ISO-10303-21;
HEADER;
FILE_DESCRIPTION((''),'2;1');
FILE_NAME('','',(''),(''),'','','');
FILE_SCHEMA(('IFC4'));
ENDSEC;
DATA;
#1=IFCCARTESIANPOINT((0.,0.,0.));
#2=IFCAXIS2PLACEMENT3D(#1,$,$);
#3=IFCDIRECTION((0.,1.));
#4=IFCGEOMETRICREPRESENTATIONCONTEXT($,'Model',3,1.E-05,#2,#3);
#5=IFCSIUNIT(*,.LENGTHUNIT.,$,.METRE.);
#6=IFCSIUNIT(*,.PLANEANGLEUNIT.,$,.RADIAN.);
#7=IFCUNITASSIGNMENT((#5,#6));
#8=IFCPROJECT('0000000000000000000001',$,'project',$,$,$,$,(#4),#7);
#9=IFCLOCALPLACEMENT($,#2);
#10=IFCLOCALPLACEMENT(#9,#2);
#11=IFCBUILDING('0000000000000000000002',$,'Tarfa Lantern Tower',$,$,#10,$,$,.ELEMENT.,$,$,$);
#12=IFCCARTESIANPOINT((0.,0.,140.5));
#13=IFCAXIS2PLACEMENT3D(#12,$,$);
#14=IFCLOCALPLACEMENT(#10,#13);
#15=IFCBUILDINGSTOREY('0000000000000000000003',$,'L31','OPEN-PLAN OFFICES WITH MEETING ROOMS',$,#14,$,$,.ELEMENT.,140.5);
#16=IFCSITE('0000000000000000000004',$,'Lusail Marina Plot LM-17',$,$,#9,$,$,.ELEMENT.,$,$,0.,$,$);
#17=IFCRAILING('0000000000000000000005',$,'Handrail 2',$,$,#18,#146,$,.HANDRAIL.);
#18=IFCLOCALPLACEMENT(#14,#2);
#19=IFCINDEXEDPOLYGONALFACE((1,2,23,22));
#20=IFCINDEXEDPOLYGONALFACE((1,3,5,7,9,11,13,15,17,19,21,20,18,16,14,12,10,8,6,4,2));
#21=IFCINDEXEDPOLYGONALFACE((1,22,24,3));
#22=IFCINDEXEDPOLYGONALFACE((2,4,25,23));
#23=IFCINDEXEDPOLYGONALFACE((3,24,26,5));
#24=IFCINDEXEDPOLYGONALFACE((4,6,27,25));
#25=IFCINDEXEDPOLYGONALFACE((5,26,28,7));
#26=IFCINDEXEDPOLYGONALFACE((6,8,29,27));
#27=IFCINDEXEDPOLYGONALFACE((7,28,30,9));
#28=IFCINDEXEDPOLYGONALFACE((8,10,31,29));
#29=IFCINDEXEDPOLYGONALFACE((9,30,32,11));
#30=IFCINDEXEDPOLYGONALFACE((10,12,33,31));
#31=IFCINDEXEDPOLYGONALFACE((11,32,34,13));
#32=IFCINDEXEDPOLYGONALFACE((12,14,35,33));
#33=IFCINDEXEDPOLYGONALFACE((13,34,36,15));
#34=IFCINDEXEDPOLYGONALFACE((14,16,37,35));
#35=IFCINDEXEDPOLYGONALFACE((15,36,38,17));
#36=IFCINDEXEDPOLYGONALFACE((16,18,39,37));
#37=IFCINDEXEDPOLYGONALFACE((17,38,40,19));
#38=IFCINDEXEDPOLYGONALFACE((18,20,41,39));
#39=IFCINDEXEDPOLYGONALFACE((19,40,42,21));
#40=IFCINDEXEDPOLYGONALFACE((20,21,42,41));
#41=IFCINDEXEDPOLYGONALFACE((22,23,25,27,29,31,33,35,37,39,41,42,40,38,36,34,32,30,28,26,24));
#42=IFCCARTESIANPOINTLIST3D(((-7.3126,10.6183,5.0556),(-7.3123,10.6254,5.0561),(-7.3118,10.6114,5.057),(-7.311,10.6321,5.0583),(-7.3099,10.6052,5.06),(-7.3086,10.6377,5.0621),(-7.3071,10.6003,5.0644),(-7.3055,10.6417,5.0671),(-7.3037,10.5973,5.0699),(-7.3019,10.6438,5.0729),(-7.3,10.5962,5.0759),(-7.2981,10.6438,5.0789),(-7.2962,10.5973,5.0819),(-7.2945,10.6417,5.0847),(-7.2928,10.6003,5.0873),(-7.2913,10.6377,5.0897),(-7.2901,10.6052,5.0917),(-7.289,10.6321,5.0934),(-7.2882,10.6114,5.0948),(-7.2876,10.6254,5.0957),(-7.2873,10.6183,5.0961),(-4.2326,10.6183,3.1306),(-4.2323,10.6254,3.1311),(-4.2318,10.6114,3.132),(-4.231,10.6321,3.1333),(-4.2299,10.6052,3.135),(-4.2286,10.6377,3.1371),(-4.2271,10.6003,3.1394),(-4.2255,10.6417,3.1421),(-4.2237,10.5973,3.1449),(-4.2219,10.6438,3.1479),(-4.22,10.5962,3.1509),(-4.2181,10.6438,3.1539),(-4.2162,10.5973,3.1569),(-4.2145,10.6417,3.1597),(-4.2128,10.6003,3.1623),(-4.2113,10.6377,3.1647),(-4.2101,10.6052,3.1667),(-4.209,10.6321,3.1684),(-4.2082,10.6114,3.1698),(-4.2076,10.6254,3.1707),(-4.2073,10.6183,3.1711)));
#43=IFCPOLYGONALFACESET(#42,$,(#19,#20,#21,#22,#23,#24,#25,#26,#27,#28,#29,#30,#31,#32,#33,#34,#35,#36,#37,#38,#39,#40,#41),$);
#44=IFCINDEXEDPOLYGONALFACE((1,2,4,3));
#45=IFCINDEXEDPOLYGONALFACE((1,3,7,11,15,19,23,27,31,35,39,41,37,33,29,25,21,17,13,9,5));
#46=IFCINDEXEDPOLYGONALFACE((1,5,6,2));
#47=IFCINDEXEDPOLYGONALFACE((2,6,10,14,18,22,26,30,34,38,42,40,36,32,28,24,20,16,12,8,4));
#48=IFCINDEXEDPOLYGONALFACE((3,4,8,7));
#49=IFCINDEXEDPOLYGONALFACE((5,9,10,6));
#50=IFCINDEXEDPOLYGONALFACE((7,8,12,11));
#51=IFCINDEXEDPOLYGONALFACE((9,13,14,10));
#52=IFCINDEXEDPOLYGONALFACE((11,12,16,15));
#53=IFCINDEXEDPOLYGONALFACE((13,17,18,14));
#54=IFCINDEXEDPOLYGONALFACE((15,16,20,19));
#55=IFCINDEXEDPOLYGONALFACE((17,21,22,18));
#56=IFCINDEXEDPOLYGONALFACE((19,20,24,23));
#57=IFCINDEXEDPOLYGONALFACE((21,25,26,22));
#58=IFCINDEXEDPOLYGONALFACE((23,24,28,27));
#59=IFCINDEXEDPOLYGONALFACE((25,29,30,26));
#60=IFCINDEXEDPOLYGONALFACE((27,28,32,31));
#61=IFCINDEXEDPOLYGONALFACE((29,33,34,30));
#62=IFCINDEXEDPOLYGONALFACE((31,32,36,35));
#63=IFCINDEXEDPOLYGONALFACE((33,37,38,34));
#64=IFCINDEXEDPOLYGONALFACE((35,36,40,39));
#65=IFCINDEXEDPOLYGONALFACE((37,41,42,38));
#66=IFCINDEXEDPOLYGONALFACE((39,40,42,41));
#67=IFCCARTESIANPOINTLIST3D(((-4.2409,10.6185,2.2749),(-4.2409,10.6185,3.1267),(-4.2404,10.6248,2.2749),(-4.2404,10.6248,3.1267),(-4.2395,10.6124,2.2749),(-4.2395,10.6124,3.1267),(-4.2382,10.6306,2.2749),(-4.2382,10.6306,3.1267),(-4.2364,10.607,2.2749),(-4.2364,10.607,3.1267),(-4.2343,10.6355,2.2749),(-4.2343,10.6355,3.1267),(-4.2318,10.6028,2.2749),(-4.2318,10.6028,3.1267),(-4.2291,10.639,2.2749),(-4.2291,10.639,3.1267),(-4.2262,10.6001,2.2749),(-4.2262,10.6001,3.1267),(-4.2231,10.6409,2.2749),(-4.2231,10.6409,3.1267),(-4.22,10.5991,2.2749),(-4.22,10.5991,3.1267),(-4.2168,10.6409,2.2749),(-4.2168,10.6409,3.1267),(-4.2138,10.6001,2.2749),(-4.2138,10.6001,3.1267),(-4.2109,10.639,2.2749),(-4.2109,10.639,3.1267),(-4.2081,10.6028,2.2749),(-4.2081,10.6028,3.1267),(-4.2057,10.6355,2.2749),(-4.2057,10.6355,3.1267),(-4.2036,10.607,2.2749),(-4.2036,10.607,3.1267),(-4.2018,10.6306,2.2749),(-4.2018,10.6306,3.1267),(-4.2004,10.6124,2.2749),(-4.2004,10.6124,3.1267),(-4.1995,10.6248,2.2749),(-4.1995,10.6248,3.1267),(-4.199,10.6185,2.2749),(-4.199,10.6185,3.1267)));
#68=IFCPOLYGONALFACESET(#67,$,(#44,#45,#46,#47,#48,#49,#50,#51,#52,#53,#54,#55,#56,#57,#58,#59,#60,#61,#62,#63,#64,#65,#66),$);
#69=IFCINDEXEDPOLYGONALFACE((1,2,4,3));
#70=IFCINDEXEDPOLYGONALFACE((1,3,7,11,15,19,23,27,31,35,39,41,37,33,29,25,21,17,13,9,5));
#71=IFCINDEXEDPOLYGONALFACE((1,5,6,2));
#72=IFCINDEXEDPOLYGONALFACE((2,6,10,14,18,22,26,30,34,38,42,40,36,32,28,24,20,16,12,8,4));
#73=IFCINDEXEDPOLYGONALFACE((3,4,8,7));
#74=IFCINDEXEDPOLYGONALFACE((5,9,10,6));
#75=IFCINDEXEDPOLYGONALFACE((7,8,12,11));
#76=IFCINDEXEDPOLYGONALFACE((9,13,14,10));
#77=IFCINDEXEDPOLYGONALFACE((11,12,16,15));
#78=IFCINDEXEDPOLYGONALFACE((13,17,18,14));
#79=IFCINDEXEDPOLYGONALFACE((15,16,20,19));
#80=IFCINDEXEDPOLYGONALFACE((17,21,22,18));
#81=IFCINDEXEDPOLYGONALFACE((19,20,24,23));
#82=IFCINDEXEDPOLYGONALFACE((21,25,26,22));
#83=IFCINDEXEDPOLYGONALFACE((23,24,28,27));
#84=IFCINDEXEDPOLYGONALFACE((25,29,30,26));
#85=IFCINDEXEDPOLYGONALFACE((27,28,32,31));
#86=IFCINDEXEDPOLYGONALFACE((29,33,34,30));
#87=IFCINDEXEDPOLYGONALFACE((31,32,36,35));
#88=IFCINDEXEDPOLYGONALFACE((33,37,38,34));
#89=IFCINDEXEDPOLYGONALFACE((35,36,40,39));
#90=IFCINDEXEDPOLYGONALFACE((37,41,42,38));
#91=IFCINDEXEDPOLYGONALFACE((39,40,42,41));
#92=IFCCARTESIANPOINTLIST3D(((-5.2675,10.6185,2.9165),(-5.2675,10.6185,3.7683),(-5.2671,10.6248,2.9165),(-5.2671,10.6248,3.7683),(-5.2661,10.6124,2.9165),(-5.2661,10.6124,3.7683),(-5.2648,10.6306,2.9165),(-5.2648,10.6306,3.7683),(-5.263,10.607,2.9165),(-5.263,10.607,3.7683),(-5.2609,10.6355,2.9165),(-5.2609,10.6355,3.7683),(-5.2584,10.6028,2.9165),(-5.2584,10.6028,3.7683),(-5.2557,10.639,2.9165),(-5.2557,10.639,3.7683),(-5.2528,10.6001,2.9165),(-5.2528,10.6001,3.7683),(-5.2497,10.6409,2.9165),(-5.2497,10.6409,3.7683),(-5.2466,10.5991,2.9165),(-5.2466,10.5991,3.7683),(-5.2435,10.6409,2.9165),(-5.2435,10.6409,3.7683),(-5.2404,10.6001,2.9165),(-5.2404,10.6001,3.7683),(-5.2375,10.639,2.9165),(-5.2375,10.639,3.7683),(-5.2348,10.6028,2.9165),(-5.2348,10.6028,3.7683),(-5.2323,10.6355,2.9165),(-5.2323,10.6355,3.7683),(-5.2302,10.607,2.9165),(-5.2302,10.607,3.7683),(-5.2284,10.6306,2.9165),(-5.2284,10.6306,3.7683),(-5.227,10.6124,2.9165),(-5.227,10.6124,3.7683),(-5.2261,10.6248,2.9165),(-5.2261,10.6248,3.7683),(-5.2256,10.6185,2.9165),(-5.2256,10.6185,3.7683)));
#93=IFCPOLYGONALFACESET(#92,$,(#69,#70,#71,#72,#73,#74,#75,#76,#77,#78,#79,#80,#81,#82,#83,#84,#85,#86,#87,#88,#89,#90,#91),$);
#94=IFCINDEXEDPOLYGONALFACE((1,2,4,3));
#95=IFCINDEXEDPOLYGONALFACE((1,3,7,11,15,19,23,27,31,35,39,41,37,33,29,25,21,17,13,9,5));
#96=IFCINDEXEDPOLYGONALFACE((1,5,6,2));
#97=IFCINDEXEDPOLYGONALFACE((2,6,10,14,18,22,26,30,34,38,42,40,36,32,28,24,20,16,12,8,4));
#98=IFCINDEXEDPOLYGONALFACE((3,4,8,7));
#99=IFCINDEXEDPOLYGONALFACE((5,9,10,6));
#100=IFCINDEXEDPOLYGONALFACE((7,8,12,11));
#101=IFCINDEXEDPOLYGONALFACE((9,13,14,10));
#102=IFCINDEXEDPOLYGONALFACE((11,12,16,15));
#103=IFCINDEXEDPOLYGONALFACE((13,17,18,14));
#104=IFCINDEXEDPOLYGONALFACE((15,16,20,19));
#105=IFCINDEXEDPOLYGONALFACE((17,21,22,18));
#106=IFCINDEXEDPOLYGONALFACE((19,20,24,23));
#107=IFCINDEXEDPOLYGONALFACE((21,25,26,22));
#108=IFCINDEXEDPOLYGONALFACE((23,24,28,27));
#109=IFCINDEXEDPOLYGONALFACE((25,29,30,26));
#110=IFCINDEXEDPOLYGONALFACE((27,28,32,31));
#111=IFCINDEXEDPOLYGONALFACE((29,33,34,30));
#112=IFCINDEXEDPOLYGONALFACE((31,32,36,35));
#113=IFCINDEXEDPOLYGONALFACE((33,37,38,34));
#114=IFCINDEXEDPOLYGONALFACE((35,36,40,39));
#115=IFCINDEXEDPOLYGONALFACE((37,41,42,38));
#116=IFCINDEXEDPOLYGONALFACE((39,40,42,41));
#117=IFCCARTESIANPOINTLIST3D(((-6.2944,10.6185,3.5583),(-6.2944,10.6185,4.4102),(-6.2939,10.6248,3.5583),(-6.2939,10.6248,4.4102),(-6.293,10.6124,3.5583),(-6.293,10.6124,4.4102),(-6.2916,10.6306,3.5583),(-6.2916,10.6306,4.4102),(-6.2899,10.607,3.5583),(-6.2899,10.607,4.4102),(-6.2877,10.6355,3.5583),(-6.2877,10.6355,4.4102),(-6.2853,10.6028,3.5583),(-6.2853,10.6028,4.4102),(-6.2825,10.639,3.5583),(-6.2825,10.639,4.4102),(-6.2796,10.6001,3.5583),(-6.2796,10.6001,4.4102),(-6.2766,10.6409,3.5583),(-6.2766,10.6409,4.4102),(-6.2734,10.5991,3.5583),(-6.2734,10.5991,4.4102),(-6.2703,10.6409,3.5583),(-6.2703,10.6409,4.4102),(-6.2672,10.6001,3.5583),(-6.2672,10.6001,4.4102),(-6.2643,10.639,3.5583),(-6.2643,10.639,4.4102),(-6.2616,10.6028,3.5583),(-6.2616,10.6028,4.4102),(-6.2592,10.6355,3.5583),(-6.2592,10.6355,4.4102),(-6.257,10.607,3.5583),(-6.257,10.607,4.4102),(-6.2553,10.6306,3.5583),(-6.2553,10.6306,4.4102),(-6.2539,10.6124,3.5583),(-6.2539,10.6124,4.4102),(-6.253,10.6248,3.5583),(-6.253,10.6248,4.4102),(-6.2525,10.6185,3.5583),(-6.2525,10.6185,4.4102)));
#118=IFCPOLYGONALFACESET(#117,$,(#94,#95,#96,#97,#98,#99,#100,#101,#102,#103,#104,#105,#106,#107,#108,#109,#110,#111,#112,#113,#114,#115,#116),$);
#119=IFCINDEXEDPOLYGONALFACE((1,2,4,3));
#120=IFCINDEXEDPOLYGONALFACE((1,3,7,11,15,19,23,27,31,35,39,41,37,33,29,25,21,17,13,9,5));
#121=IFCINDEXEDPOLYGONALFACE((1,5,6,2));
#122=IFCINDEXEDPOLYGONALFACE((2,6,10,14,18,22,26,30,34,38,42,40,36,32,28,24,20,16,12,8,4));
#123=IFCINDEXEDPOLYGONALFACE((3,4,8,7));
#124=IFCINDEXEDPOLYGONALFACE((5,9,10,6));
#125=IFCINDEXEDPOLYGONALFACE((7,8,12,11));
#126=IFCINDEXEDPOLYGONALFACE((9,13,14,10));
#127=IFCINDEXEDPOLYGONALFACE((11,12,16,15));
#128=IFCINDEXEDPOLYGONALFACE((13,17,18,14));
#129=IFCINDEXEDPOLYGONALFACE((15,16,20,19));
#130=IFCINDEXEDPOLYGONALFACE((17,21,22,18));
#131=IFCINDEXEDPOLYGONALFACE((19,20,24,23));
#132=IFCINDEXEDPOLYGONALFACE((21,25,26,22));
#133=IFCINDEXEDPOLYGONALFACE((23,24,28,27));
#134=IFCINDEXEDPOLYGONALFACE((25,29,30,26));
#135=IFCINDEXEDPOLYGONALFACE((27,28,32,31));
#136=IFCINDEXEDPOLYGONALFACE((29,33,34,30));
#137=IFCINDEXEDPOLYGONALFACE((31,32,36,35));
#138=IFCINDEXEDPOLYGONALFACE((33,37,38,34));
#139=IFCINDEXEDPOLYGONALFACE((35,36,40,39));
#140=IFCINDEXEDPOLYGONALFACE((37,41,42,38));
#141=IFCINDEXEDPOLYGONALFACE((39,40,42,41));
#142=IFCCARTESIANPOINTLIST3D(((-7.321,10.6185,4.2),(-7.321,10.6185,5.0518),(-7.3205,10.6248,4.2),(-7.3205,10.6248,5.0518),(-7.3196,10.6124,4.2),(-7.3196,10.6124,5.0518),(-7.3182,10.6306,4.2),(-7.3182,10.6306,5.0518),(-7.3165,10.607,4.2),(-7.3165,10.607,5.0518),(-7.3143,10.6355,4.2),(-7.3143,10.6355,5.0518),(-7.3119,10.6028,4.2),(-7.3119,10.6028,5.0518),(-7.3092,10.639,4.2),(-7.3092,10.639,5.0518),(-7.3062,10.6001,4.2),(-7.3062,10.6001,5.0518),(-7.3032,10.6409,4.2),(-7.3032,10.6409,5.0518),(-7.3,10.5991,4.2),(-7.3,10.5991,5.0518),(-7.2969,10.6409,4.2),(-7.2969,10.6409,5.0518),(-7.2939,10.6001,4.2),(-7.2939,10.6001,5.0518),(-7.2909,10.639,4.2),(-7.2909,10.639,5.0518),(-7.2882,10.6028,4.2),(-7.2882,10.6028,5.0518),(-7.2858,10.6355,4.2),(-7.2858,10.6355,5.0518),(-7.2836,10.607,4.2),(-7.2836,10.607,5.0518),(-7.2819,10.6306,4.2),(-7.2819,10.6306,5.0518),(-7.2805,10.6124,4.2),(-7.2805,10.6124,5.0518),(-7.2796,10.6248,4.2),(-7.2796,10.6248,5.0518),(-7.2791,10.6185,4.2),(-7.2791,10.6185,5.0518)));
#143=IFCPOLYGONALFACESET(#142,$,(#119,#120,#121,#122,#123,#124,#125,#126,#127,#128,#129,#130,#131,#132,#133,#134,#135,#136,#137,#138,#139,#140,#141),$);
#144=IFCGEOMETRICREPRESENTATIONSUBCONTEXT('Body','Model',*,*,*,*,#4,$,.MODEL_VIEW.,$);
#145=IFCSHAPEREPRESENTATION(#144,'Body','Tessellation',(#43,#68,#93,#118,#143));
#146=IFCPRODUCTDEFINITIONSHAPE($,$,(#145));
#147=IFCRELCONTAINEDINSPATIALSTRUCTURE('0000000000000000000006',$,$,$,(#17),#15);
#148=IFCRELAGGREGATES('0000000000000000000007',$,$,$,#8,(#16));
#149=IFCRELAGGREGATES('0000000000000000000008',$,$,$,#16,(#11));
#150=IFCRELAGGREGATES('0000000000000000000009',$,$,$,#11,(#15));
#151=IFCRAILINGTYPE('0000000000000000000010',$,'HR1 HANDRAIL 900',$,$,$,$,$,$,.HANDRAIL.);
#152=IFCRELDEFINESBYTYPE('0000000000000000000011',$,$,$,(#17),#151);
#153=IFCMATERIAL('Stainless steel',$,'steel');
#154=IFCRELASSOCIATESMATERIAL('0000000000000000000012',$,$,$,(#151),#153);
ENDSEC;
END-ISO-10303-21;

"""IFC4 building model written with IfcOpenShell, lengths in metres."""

from ifc_helpers import new_model, si_unit, direction, frame, origin, origin_2d, place, context, subcontext, project, spatial, circle, extrude, material, type_object, element, save


model = new_model("IFC4")

# Units and contexts
model_context = context("Model", 3, precision=1e-05, world=origin(), true_north=direction((0.0, 1.0)))
body_context = subcontext(model_context, "Body", "Model", "MODEL_VIEW")
ifc_project = project(units=[si_unit("LENGTHUNIT", "METRE"), si_unit("PLANEANGLEUNIT", "RADIAN")], contexts=[model_context])

# Site, building, storey
site_placement = place(None, origin())
site = spatial("IfcSite", under=ifc_project, at=site_placement, Name="Lusail Marina Plot LM-17", CompositionType="ELEMENT", RefElevation=0.0)
building_placement = place(site_placement, origin())
building = spatial("IfcBuilding", under=site, at=building_placement, Name="Tarfa Lantern Tower", CompositionType="ELEMENT")
storey_placement = place(building_placement, frame((0.0, 0.0, 140.5)))
storey = spatial("IfcBuildingStorey", under=building, at=storey_placement, Name="L31", Description="OPEN-PLAN OFFICES WITH MEETING ROOMS", CompositionType="ELEMENT", Elevation=140.5)

# Railing
ifc_material_1 = material(Name="Stainless steel", Category="steel")
railing_type = type_object("IfcRailingType", Name="HR1 HANDRAIL 900", PredefinedType="HANDRAIL", material=ifc_material_1)
railing_placement = place(storey_placement, frame((-4.22, 10.6201, 2.2749)))
element("IfcRailing", 1, at=railing_placement, inside=storey, type_object=railing_type, Name="Handrail 2", PredefinedType="HANDRAIL", context=body_context, shape_type="SweptSolid", body=[
    extrude(circle(Radius=0.0239, at=origin_2d()), frame((0.0, 0.0, 0.876), z_axis=(-0.847998, 0.0, 0.529999), x_axis=(0.0, -1.0, 0.0)), (0.0, 0.0, 1.0), 3.6321),
    extrude(circle(Radius=0.021, at=origin_2d()), frame((0.0, 0.0, 0.0), z_axis=(0.0, 0.0, 1.0), x_axis=(0.0, -1.0, 0.0)), (0.0, 0.0, 1.0), 0.8518),
    extrude(circle(Radius=0.021, at=origin_2d()), frame((-1.0266, 0.0, 0.6416), z_axis=(0.0, 0.0, 1.0), x_axis=(0.0, -1.0, 0.0)), (0.0, 0.0, 1.0), 0.8518),
    extrude(circle(Radius=0.021, at=origin_2d()), frame((-2.0535, 0.0, 1.2834), z_axis=(0.0, 0.0, 1.0), x_axis=(0.0, -1.0, 0.0)), (0.0, 0.0, 1.0), 0.8518),
    extrude(circle(Radius=0.021, at=origin_2d()), frame((-3.0801, 0.0, 1.925), z_axis=(0.0, 0.0, 1.0), x_axis=(0.0, -1.0, 0.0)), (0.0, 0.0, 1.0), 0.8518),
])

save(model, "model.ifc")
